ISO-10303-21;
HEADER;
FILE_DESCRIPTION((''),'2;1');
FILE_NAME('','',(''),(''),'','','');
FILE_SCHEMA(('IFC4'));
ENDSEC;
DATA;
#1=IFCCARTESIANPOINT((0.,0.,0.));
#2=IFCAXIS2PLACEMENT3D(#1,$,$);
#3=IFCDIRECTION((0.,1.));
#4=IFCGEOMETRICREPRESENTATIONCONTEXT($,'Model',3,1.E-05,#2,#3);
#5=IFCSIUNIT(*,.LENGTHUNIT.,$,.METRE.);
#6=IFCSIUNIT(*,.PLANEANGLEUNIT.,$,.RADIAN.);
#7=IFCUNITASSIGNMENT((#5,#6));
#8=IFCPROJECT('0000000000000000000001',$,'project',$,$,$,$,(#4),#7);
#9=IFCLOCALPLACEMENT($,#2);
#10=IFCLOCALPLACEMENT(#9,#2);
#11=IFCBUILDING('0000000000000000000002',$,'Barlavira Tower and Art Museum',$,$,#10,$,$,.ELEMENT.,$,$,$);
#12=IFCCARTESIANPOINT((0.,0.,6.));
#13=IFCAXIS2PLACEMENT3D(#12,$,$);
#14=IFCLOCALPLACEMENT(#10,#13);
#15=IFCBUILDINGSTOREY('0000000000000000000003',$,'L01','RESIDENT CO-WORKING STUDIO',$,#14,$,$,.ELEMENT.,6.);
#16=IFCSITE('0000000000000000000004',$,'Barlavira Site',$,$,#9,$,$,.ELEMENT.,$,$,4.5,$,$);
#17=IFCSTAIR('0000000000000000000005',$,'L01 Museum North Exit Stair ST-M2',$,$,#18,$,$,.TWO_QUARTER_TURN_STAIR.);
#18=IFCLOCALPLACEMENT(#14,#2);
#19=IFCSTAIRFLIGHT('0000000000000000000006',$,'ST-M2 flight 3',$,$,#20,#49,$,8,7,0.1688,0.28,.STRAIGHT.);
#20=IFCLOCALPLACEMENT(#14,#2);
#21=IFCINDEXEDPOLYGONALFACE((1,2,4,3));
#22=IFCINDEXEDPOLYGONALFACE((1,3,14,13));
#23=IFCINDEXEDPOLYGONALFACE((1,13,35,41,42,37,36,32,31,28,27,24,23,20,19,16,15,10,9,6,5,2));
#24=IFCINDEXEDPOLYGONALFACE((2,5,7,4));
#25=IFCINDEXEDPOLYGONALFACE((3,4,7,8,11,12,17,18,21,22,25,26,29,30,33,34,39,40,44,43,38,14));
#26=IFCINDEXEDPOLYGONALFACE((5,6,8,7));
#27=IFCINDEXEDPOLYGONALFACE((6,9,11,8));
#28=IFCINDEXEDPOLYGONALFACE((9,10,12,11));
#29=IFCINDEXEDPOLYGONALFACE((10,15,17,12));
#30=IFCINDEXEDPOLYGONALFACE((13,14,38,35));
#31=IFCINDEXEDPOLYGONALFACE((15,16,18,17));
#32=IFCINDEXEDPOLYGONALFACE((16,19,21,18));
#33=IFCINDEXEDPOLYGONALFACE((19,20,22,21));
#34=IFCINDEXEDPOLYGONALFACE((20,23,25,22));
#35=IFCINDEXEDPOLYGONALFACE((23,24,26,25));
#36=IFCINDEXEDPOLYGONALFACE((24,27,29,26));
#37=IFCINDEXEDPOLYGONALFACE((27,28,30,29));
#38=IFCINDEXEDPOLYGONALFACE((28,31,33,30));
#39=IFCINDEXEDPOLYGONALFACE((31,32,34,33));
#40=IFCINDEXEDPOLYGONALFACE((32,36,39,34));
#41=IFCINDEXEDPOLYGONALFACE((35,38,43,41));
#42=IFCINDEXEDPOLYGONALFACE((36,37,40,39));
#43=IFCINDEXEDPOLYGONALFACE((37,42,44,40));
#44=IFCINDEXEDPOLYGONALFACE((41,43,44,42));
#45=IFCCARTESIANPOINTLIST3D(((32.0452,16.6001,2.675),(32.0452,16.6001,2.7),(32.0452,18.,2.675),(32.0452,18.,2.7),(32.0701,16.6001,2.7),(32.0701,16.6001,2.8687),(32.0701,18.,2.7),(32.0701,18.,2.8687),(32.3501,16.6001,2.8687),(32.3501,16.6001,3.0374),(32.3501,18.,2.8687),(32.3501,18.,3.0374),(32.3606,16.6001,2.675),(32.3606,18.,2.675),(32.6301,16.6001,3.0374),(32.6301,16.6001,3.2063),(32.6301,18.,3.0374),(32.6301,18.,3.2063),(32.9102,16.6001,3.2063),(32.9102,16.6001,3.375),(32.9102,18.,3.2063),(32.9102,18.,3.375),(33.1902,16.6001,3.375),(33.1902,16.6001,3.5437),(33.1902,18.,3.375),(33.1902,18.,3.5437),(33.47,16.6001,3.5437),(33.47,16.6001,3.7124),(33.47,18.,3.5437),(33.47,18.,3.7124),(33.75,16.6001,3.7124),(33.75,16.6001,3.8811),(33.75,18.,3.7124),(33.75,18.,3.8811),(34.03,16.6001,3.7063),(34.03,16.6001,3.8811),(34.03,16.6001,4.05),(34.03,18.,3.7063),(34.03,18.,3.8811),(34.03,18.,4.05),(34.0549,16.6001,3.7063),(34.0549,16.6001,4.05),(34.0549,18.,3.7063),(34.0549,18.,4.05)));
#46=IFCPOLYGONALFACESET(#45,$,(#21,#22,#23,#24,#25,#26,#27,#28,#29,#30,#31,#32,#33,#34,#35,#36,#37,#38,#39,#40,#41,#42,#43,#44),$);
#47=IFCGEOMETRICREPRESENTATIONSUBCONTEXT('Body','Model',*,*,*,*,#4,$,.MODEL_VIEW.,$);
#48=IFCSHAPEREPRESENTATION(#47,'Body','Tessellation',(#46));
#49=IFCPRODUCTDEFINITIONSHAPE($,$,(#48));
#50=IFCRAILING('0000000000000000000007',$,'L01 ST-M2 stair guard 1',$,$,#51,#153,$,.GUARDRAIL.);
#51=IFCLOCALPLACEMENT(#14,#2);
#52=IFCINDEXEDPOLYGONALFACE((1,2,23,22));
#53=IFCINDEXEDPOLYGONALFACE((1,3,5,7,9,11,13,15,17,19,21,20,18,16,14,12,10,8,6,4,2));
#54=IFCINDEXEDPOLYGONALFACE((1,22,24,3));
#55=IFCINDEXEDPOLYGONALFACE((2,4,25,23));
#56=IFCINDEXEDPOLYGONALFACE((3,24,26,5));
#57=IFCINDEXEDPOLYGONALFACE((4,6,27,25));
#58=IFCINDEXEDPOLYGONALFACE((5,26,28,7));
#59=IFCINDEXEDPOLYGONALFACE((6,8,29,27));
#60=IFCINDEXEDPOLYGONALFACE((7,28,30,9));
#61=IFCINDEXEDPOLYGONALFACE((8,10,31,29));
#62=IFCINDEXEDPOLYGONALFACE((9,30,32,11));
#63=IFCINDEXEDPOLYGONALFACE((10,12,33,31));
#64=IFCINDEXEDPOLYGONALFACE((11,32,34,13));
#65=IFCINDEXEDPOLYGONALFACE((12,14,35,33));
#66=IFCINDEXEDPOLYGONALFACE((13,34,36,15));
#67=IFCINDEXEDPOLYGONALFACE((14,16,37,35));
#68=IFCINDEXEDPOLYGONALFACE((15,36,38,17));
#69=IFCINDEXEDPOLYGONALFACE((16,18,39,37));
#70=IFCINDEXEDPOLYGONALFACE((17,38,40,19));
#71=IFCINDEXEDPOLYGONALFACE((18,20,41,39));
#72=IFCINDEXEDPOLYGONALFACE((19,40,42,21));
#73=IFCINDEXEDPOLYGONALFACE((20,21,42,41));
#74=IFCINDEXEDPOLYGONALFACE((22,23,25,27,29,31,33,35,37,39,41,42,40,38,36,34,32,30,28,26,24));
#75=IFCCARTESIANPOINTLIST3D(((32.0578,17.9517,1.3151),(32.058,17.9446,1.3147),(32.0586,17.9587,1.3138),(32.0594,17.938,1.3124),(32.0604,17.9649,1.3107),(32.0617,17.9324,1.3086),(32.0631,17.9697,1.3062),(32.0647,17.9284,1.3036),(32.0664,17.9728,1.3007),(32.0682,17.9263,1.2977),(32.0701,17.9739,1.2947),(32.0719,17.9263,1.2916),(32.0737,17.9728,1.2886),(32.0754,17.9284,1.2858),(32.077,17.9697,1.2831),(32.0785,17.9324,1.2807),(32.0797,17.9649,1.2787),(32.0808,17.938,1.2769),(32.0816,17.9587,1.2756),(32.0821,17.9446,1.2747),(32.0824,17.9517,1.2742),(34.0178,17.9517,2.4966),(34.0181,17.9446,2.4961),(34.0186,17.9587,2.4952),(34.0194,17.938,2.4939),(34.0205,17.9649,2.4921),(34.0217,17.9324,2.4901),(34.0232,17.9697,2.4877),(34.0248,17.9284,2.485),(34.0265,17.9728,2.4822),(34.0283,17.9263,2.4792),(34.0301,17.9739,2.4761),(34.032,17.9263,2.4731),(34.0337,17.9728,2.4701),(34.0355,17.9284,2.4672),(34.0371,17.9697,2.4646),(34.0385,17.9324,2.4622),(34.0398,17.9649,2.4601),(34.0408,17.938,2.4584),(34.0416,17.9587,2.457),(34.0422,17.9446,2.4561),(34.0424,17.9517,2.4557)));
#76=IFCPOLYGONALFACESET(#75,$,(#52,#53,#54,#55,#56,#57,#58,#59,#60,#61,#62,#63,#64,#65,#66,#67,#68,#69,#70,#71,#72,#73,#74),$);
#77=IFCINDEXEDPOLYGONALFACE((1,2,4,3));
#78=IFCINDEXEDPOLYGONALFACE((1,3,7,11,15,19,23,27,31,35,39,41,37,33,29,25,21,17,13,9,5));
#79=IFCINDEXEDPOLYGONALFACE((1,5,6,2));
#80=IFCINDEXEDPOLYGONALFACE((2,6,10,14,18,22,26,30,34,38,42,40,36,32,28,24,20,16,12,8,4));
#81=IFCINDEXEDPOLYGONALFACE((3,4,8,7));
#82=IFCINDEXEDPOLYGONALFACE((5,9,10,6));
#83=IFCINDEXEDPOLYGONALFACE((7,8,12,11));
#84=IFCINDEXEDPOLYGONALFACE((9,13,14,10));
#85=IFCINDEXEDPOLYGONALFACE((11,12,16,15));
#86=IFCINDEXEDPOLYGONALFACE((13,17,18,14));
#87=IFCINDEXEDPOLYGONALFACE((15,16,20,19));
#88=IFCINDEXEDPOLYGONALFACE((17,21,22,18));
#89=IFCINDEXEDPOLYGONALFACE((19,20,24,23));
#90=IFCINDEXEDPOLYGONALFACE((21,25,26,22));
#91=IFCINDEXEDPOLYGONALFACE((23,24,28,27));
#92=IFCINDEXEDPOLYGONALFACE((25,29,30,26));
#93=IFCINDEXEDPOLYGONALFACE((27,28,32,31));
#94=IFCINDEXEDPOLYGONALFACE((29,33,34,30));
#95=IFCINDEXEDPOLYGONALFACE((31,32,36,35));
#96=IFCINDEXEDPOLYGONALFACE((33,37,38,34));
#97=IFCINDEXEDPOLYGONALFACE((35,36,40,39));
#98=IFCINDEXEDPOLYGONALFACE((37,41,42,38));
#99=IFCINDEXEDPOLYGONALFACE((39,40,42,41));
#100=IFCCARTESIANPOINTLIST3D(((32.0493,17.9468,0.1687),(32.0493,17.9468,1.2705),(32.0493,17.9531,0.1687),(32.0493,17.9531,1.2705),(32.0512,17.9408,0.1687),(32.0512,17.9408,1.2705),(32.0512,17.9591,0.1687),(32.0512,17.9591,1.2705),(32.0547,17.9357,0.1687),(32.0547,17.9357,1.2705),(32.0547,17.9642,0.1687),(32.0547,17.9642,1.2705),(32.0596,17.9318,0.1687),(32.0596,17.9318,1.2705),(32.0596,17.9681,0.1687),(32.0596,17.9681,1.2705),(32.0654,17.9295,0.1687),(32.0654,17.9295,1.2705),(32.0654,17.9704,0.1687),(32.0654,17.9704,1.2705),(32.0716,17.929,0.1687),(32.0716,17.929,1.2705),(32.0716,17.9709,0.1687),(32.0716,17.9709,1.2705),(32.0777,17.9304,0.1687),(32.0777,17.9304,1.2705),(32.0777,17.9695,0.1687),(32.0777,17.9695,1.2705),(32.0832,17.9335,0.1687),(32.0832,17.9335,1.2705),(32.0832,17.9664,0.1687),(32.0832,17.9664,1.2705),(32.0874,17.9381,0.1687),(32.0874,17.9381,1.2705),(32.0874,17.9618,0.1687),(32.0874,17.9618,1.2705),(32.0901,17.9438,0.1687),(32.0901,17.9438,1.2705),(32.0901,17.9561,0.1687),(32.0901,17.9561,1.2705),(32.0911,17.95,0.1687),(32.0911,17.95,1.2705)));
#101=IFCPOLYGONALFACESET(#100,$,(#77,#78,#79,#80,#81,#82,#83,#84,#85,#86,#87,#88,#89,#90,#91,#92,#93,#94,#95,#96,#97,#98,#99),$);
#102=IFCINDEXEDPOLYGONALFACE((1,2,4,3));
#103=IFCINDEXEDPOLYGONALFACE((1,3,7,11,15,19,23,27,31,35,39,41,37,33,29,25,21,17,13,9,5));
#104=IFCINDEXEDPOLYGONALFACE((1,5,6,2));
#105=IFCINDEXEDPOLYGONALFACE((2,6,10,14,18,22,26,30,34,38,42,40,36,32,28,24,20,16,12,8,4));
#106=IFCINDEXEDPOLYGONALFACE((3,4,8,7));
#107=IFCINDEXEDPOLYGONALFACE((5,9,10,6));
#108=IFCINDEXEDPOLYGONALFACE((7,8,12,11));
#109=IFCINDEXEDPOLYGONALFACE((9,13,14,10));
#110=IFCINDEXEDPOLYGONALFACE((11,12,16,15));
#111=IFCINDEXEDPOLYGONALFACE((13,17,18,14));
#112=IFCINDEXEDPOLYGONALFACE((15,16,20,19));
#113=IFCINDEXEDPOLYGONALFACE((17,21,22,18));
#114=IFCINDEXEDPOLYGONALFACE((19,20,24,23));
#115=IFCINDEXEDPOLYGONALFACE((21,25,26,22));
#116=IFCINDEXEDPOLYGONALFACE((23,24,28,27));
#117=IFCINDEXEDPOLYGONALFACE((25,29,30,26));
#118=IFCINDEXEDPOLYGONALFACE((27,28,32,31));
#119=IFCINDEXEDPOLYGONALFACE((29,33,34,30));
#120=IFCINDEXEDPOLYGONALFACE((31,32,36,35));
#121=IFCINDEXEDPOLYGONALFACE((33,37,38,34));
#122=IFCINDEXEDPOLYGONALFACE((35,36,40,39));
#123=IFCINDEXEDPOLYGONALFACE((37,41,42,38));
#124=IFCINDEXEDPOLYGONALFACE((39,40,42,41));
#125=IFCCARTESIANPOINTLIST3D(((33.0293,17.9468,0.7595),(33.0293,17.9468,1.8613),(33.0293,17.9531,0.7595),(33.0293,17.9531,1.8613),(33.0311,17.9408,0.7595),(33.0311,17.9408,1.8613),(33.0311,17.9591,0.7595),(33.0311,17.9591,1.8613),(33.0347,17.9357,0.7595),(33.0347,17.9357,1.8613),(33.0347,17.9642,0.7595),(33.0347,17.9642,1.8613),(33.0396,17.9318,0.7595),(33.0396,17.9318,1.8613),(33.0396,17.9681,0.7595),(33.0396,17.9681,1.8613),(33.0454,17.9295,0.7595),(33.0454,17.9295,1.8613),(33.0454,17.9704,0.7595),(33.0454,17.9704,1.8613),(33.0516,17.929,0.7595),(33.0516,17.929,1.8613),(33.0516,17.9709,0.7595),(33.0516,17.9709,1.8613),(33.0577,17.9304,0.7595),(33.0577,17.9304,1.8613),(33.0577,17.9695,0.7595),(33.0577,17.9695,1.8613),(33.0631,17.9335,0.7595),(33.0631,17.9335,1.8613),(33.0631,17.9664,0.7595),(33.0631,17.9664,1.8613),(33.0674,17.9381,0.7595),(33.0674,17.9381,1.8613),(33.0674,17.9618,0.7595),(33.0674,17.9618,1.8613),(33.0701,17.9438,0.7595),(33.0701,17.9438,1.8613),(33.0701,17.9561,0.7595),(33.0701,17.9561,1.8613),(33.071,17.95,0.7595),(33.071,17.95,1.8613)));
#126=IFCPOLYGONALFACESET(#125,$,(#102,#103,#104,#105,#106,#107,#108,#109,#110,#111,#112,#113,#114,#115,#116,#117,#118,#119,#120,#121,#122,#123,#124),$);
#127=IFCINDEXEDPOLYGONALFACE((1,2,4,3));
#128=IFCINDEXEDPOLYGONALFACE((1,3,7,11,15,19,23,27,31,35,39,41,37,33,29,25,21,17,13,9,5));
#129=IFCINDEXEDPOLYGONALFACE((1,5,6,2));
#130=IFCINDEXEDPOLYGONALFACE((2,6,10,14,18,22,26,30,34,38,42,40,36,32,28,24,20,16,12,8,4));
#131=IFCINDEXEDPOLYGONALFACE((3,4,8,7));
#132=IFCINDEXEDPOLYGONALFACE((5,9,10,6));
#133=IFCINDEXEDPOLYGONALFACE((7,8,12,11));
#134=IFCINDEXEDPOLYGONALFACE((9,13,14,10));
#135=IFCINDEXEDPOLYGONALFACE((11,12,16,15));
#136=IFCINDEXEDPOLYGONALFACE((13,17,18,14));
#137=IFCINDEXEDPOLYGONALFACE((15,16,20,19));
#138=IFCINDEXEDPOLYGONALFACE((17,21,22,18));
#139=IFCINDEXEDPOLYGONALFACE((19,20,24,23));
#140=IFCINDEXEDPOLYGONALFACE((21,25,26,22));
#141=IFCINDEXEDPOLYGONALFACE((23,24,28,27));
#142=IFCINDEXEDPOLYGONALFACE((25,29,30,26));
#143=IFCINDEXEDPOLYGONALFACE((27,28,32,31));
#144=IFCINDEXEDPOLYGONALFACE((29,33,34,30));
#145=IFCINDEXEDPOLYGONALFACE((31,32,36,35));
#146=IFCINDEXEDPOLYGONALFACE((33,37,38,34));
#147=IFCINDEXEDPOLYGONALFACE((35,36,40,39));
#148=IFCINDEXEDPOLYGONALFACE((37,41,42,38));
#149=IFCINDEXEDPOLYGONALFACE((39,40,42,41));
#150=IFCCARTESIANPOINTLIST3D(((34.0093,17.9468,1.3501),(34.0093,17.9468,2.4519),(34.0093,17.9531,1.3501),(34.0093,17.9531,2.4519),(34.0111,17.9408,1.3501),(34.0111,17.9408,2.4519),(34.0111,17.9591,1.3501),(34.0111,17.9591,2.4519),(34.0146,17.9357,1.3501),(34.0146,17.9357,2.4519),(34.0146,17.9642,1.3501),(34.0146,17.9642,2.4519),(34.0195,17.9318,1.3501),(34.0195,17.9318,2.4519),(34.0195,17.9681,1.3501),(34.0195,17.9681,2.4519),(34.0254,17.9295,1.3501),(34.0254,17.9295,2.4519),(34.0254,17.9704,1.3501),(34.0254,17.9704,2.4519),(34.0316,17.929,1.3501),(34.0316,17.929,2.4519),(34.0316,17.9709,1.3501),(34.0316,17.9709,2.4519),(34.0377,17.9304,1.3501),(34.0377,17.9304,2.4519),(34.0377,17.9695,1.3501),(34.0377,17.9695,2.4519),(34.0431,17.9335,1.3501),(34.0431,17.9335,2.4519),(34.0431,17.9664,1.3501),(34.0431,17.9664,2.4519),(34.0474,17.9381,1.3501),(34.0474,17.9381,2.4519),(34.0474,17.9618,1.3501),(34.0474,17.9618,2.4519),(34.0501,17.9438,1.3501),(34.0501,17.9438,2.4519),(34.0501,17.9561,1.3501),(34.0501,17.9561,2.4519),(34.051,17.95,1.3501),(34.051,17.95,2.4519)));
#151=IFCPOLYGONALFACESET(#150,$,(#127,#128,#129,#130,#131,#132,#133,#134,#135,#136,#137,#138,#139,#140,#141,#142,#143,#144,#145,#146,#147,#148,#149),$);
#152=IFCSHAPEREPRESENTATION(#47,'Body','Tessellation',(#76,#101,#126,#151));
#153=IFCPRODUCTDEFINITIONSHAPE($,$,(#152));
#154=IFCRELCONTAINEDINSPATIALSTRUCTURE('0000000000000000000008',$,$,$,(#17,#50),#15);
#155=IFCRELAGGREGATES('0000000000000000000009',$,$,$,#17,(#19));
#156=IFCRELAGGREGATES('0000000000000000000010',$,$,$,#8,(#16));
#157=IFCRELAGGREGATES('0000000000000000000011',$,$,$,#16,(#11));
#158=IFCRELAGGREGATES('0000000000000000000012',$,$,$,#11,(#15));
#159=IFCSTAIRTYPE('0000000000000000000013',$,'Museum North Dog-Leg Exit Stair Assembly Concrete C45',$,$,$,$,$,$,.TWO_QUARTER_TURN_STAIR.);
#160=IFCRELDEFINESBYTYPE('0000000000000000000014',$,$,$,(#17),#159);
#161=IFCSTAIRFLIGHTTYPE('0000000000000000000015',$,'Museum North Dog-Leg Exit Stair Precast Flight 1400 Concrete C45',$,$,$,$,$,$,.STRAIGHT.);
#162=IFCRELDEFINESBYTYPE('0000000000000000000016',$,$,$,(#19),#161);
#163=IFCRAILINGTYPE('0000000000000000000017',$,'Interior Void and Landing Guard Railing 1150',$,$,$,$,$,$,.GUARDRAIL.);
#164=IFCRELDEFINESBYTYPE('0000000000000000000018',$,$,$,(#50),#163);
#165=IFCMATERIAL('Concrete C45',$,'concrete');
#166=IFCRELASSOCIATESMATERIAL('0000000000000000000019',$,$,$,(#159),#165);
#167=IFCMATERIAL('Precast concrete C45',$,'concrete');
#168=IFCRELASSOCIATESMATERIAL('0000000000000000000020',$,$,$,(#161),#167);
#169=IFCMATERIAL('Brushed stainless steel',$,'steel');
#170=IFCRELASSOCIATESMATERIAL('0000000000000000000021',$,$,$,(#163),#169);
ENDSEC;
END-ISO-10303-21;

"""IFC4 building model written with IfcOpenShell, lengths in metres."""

from ifc_helpers import new_model, si_unit, direction, frame, origin, origin_2d, place, context, subcontext, project, spatial, polyline, circle, outline, extrude, material, type_object, element, aggregate, save


model = new_model("IFC4")

# Units and contexts
model_context = context("Model", 3, precision=1e-05, world=origin(), true_north=direction((0.0, 1.0)))
body_context = subcontext(model_context, "Body", "Model", "MODEL_VIEW")
ifc_project = project(units=[si_unit("LENGTHUNIT", "METRE"), si_unit("PLANEANGLEUNIT", "RADIAN")], contexts=[model_context])

# Site, building, storey
site_placement = place(None, origin())
site = spatial("IfcSite", under=ifc_project, at=site_placement, Name="Barlavira Site", CompositionType="ELEMENT", RefElevation=4.5)
building_placement = place(site_placement, origin())
building = spatial("IfcBuilding", under=site, at=building_placement, Name="Barlavira Tower and Art Museum", CompositionType="ELEMENT")
storey_placement = place(building_placement, frame((0.0, 0.0, 6.0)))
storey = spatial("IfcBuildingStorey", under=building, at=storey_placement, Name="L01", Description="RESIDENT CO-WORKING STUDIO", CompositionType="ELEMENT", Elevation=6.0)

# Stair, stair flight
ifc_material_1 = material(Name="Concrete C45", Category="concrete")
stair_type = type_object("IfcStairType", Name="Museum North Dog-Leg Exit Stair Assembly Concrete C45", PredefinedType="TWO_QUARTER_TURN_STAIR", material=ifc_material_1)
stair_placement = place(storey_placement, origin())
stair = element("IfcStair", 1, at=stair_placement, inside=storey, type_object=stair_type, Name="L01 Museum North Exit Stair ST-M2", PredefinedType="TWO_QUARTER_TURN_STAIR")
ifc_material_2 = material(Name="Precast concrete C45", Category="concrete")
stair_flight_type = type_object("IfcStairFlightType", Name="Museum North Dog-Leg Exit Stair Precast Flight 1400 Concrete C45", PredefinedType="STRAIGHT", material=ifc_material_2)
stair_flight_1_placement = place(storey_placement, frame((32.0701, 17.3, 2.7), z_axis=(0.0, 0.0, 1.0), x_axis=(1.0, 0.0, 0.0)))
stair_flight_1 = element("IfcStairFlight", 2, at=stair_flight_1_placement, type_object=stair_flight_type, Name="ST-M2 flight 3", NumberOfRisers=8, NumberOfTreads=7, PredefinedType="STRAIGHT", RiserHeight=0.1688, TreadLength=0.28, context=body_context, shape_type="SweptSolid", body=[
    extrude(outline(polyline([(-0.0249, 0.0), (0.0, 0.0), (0.0, 0.1687), (0.28, 0.1687), (0.28, 0.3374), (0.5601, 0.3374), (0.5601, 0.5063), (0.8401, 0.5063), (0.8401, 0.675), (1.1201, 0.675), (1.1201, 0.8438), (1.3999, 0.8438), (1.3999, 1.0125), (1.6799, 1.0125), (1.6799, 1.1812), (1.96, 1.1812), (1.96, 1.3501), (1.9849, 1.3501), (1.9849, 1.0063), (1.96, 1.0063), (0.2905, -0.0249), (-0.0249, -0.0249), (-0.0249, 0.0)])), frame((0.0, 0.7, 0.0), z_axis=(0.0, -1.0, 0.0), x_axis=(1.0, 0.0, 0.0)), (0.0, 0.0, 1.0), 1.3999),
])
aggregate(stair, [stair_flight_1])

# Railing
ifc_material_3 = material(Name="Brushed stainless steel", Category="steel")
railing_type_1 = type_object("IfcRailingType", Name="Interior Void and Landing Guard Railing 1150", PredefinedType="GUARDRAIL", material=ifc_material_3)
railing_placement = place(storey_placement, frame((32.0701, 17.95, 0.1687)))
element("IfcRailing", 3, at=railing_placement, inside=storey, type_object=railing_type_1, Name="L01 ST-M2 stair guard 1", PredefinedType="GUARDRAIL", context=body_context, shape_type="SweptSolid", body=[
    extrude(circle(Radius=0.0239, at=origin_2d()), frame((0.0, 0.0, 1.126), z_axis=(0.856446, 0.0, 0.516236), x_axis=(0.0, 1.0, 0.0)), (0.0, 0.0, 1.0), 2.2886),
    extrude(circle(Radius=0.021, at=origin_2d()), origin(), (0.0, 0.0, 1.0), 1.1018),
    extrude(circle(Radius=0.021, at=origin_2d()), frame((0.98, 0.0, 0.5908)), (0.0, 0.0, 1.0), 1.1018),
    extrude(circle(Radius=0.021, at=origin_2d()), frame((1.96, 0.0, 1.1814)), (0.0, 0.0, 1.0), 1.1018),
])

save(model, "model.ifc")
